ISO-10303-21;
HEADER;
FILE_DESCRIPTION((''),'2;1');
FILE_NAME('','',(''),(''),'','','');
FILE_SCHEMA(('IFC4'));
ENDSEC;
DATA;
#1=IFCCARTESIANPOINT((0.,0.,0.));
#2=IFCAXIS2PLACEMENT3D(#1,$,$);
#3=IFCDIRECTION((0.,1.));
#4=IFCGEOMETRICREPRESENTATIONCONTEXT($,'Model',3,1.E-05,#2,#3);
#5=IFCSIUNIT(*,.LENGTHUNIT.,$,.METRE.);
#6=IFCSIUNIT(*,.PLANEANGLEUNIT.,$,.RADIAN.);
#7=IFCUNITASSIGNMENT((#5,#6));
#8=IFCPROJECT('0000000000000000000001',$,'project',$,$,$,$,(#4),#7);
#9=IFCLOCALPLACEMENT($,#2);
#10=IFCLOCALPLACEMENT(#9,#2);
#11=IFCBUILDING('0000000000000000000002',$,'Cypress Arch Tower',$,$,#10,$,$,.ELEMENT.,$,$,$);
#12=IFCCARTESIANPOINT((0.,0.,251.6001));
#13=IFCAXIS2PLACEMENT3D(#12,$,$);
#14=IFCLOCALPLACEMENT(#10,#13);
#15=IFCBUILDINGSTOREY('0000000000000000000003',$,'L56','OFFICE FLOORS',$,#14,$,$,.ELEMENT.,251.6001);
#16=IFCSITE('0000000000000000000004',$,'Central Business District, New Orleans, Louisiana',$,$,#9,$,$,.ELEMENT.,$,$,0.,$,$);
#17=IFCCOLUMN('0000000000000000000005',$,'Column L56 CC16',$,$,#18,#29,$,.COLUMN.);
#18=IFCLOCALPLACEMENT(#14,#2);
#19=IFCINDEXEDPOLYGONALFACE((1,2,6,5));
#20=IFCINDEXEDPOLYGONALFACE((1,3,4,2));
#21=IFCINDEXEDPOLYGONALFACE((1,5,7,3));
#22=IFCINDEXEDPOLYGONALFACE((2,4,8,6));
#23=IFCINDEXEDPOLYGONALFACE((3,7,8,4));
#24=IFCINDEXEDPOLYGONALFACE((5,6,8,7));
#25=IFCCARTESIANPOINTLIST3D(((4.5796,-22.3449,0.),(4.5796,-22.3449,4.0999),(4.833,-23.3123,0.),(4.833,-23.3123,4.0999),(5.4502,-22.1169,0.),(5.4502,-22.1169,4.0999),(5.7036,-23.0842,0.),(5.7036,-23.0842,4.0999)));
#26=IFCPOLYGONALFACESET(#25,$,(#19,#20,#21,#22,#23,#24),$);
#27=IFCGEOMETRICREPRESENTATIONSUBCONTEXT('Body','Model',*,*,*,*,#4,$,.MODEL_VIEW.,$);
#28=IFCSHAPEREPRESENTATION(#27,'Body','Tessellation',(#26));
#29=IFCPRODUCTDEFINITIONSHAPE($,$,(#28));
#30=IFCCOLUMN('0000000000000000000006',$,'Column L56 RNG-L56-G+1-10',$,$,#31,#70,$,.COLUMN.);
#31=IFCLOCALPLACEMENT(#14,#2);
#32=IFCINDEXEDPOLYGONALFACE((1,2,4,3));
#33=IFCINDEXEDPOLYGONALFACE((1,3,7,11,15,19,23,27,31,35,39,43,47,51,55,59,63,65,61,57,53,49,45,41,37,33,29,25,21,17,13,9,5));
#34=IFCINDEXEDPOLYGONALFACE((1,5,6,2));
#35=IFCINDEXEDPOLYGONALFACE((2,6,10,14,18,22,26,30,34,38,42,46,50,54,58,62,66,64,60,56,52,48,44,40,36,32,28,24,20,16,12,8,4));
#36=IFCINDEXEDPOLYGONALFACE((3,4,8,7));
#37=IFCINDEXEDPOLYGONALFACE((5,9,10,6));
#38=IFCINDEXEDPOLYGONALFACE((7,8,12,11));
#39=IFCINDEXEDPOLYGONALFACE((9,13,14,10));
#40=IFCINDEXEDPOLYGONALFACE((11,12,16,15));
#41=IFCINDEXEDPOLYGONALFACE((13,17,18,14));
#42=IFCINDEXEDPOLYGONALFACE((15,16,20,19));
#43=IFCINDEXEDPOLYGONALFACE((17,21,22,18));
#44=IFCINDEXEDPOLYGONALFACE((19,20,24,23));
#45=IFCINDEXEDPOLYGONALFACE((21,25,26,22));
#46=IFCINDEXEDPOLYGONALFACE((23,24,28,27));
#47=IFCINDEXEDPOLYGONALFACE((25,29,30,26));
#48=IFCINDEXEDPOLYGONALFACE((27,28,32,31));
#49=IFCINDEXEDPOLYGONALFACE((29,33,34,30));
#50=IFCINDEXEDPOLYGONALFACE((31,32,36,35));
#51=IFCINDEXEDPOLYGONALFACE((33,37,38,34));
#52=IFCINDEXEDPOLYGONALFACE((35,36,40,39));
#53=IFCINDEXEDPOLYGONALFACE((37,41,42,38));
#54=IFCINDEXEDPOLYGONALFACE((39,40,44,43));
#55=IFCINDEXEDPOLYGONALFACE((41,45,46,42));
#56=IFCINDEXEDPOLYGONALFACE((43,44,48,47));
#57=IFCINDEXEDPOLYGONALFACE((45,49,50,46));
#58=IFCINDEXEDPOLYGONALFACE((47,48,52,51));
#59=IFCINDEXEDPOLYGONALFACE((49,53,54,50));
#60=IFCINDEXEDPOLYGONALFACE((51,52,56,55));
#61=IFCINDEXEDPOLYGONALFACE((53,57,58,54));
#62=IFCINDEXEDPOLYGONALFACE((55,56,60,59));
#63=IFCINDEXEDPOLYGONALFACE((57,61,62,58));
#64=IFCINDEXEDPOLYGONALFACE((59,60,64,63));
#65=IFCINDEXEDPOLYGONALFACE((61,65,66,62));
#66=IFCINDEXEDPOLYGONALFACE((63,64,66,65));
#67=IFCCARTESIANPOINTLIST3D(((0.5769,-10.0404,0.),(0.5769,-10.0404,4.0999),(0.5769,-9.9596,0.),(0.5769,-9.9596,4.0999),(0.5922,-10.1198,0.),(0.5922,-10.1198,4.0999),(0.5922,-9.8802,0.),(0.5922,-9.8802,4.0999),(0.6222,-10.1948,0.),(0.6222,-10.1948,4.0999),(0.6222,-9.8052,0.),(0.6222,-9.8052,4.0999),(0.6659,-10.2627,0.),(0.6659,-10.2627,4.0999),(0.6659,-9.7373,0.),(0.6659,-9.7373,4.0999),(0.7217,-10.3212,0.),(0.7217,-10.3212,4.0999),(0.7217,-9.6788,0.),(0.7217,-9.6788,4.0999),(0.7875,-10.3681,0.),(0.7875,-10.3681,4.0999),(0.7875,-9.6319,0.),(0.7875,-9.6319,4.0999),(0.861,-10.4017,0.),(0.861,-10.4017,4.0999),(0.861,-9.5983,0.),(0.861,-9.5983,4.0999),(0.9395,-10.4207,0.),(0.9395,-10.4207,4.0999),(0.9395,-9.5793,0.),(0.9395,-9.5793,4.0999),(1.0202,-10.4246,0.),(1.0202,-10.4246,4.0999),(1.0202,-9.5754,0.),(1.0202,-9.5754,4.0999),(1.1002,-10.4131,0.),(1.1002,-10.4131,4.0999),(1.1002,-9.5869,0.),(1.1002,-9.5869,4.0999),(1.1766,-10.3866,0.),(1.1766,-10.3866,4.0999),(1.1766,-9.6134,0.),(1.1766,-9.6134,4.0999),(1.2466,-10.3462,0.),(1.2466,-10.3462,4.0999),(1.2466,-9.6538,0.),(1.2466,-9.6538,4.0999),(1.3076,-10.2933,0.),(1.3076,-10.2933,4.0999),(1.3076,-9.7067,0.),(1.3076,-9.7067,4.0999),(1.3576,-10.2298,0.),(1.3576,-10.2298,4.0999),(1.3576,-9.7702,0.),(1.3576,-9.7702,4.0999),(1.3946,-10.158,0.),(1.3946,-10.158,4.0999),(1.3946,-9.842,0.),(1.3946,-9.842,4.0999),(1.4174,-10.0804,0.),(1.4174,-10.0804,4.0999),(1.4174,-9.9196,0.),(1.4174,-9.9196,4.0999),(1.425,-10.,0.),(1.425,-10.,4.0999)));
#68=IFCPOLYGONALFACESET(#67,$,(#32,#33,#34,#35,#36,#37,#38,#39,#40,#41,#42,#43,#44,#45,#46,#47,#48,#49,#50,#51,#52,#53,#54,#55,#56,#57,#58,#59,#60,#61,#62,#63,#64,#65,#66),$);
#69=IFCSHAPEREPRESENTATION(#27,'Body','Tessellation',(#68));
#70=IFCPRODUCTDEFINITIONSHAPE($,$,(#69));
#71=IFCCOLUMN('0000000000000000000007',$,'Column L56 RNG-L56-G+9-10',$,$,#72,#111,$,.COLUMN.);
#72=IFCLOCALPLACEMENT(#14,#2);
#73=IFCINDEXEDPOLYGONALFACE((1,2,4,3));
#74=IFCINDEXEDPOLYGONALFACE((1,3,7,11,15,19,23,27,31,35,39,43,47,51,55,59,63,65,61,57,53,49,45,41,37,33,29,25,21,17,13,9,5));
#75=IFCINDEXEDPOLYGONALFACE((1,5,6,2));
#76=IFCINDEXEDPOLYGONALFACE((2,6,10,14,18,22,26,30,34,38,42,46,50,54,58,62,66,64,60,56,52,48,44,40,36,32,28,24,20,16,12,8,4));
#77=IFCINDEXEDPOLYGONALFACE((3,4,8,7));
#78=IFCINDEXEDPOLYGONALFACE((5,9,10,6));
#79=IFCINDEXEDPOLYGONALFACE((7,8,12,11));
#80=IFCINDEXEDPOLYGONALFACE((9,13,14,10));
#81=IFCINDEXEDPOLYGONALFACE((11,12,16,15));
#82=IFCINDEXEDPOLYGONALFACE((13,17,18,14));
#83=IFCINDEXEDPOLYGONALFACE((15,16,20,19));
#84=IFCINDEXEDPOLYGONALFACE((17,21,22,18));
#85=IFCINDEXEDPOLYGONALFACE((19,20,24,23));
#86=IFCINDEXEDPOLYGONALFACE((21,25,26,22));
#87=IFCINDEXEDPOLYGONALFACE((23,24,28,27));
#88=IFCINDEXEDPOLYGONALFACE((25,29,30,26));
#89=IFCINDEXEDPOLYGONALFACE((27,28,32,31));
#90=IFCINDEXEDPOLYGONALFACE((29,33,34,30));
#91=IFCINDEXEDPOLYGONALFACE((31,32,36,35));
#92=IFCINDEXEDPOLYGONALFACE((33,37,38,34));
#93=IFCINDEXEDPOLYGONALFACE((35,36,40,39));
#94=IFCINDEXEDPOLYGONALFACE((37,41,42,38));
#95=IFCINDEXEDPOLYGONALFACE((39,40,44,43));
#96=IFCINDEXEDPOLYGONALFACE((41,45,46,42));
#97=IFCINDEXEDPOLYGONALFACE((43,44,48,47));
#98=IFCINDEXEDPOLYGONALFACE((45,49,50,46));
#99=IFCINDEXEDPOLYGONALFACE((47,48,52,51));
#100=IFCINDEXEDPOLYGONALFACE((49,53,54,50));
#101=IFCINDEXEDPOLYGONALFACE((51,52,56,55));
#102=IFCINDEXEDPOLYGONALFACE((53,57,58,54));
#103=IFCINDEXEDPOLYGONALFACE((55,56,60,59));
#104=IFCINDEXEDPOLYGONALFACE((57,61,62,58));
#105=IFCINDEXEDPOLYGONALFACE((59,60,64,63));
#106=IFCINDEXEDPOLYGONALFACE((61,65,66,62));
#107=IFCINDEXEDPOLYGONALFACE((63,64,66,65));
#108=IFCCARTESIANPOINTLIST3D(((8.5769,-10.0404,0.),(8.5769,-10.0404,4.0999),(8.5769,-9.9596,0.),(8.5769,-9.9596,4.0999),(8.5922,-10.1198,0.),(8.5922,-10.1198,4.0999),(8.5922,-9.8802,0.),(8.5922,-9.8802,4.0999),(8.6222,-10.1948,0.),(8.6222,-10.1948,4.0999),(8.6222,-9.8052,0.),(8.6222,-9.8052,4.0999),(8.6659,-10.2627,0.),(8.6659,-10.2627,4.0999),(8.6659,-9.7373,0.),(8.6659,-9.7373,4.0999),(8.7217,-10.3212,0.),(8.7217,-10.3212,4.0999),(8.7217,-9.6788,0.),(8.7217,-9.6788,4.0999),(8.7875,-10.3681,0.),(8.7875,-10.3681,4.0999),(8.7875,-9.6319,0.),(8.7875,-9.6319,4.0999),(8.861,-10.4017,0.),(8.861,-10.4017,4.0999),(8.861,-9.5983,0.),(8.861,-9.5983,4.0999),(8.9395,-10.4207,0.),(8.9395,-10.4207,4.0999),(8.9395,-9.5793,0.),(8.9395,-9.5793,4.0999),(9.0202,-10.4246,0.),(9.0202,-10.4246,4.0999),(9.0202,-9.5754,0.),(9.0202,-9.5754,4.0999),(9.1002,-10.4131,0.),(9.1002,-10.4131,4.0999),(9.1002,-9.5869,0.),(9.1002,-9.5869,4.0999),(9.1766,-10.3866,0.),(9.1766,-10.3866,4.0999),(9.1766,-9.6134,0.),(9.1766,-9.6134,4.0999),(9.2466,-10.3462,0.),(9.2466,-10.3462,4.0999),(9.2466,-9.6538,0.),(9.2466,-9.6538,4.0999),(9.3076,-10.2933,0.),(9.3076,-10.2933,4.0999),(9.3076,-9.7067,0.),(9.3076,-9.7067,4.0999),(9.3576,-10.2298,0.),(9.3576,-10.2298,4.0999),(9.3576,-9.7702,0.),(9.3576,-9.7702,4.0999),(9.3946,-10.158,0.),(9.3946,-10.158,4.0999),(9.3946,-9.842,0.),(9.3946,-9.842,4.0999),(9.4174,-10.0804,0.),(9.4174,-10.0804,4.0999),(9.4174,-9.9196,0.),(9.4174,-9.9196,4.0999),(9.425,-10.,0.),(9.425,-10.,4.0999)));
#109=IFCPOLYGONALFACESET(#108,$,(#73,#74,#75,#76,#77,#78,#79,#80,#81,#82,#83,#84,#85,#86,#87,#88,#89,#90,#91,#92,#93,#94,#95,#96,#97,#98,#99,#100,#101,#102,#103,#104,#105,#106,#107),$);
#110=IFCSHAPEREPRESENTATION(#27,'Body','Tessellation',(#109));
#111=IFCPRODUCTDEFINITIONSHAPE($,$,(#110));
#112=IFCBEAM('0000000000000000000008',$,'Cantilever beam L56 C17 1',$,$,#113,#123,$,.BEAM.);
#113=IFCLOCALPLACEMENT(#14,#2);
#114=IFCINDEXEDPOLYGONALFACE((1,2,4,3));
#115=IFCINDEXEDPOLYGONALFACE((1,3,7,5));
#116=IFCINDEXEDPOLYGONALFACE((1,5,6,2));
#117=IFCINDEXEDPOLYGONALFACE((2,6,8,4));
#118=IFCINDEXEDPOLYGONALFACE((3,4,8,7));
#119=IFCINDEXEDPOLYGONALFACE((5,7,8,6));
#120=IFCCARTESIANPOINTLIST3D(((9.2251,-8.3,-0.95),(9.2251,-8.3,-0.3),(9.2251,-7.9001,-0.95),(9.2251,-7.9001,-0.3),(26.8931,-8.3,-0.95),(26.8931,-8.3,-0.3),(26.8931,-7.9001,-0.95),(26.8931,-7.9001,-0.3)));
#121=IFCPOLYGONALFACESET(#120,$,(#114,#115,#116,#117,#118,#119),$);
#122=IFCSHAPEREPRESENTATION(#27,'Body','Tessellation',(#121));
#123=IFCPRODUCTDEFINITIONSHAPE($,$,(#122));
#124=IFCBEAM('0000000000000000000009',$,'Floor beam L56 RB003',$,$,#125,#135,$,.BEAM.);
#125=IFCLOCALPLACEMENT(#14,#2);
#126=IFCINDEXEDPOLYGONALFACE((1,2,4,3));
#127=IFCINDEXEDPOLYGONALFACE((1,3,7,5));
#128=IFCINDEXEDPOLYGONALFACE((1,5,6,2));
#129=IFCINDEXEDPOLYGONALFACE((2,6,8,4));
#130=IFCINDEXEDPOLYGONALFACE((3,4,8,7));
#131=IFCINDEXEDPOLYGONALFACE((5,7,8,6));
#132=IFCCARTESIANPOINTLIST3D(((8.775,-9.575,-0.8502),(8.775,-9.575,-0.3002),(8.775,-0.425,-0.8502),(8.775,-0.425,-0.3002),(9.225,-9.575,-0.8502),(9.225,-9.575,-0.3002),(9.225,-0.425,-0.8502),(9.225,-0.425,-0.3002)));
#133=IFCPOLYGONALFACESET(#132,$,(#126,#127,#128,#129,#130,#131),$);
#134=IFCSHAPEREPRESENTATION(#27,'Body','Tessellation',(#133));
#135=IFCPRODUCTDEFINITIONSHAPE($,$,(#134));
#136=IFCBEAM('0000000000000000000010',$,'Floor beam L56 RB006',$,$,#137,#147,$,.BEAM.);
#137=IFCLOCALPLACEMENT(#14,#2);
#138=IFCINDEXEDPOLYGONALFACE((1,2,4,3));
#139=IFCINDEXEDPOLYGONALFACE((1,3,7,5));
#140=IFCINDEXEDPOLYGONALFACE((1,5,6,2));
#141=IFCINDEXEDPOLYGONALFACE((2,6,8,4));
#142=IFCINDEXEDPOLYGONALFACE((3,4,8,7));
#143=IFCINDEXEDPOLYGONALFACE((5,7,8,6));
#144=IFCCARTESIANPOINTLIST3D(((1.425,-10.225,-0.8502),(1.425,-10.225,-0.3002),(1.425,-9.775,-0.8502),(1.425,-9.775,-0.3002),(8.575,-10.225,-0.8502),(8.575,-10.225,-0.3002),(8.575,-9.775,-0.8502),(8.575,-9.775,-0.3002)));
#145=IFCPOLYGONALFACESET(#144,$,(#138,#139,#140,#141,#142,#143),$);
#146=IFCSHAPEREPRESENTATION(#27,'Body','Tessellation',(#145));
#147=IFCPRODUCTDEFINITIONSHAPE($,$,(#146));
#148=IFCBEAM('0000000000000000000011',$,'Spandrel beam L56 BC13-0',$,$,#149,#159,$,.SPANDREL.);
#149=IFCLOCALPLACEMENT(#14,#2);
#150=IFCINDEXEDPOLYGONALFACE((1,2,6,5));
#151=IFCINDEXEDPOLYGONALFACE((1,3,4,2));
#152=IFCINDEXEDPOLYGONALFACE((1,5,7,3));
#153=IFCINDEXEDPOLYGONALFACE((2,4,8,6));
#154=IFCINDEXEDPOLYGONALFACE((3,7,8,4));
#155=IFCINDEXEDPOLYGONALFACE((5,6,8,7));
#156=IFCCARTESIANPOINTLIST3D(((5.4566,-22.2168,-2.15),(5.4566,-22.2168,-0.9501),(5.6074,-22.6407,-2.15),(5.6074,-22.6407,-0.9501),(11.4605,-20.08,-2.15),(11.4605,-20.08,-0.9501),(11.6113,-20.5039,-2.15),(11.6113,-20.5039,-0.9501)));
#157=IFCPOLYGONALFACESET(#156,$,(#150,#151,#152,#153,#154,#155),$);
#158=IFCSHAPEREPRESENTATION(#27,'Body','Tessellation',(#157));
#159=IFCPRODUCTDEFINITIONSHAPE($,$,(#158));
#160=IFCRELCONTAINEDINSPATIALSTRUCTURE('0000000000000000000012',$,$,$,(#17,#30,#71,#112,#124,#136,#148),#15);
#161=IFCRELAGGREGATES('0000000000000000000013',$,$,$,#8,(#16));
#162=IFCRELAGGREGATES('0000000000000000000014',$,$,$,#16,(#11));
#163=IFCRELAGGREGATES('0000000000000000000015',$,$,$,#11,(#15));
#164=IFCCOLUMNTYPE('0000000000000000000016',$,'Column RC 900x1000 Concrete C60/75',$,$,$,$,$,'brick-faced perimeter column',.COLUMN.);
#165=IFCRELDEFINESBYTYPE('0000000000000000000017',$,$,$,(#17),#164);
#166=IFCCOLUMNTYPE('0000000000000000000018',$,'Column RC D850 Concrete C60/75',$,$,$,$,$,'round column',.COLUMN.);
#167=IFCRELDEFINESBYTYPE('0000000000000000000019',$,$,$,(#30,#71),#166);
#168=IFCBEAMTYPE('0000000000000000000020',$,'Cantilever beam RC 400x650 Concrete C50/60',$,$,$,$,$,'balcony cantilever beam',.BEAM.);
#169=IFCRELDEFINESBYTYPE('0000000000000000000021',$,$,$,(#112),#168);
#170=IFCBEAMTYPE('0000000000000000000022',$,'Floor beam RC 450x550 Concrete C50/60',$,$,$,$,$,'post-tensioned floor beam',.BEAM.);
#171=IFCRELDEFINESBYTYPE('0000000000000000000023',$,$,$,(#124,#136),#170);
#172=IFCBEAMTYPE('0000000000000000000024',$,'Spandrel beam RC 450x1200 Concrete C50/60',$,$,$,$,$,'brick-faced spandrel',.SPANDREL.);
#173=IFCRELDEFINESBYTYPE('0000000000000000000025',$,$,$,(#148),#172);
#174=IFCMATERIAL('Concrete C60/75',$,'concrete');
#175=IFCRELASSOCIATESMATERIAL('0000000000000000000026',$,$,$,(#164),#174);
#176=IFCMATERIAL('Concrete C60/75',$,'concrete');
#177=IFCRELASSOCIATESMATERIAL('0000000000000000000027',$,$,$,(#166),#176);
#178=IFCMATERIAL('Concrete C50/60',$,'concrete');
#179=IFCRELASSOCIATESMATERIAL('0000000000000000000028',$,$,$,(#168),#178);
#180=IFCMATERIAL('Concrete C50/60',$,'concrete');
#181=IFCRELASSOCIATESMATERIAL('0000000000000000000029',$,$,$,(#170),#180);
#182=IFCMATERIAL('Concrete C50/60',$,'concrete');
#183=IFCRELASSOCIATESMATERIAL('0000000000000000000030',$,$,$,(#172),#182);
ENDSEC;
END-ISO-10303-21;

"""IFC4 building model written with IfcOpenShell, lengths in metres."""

from ifc_helpers import new_model, si_unit, direction, frame, origin, origin_2d, place, context, subcontext, project, spatial, rectangle, circle, extrude, material, material_profile, profile_set, type_object, element, save


model = new_model("IFC4")

# Units and contexts
model_context = context("Model", 3, precision=1e-05, world=origin(), true_north=direction((0.0, 1.0)))
body_context = subcontext(model_context, "Body", "Model", "MODEL_VIEW")
ifc_project = project(units=[si_unit("LENGTHUNIT", "METRE"), si_unit("PLANEANGLEUNIT", "RADIAN")], contexts=[model_context])

# Site, building, storey
site_placement = place(None, origin())
site = spatial("IfcSite", under=ifc_project, at=site_placement, Name="Central Business District, New Orleans, Louisiana", CompositionType="ELEMENT", RefElevation=0.0)
building_placement = place(site_placement, origin())
building = spatial("IfcBuilding", under=site, at=building_placement, Name="Cypress Arch Tower", CompositionType="ELEMENT")
storey_placement = place(building_placement, frame((0.0, 0.0, 251.6001)))
storey = spatial("IfcBuildingStorey", under=building, at=storey_placement, Name="L56", Description="OFFICE FLOORS", CompositionType="ELEMENT", Elevation=251.6001)

# Columns
ifc_material_1 = material(Name="Concrete C60/75", Category="concrete")
ifc_material_profile_1 = material_profile(ifc_material_1, rectangle(XDim=0.8999, YDim=1.0, at=origin_2d()), Name="RC 900x1000")
ifc_profile_set_1 = profile_set([ifc_material_profile_1], Name="Concrete C60/75")
column_type_1 = type_object("IfcColumnType", Name="Column RC 900x1000 Concrete C60/75", ElementType="brick-faced perimeter column", PredefinedType="COLUMN", material=ifc_profile_set_1)
column_placement = place(storey_placement, frame((5.1416, -22.7146, 0.0), z_axis=(0.0, 0.0, 1.0), x_axis=(0.967356, 0.253422, 0.0)))
element("IfcColumn", 1, at=column_placement, inside=storey, type_object=column_type_1, Name="Column L56 CC16", PredefinedType="COLUMN", context=body_context, shape_type="SweptSolid", body=[
    extrude(rectangle(XDim=0.8999, YDim=1.0, at=origin_2d()), origin(), (0.0, 0.0, 1.0), 4.0999),
])
ifc_material_2 = material(Name="Concrete C60/75", Category="concrete")
ifc_material_profile_2 = material_profile(ifc_material_2, circle(Radius=0.425, at=origin_2d()), Name="RC D850")
ifc_profile_set_2 = profile_set([ifc_material_profile_2], Name="Concrete C60/75")
column_type_2 = type_object("IfcColumnType", Name="Column RC D850 Concrete C60/75", ElementType="round column", PredefinedType="COLUMN", material=ifc_profile_set_2)
for number, where, z_axis, x_axis, name in (
    (2, (1.0, -10.0, 0.0), (0.0, 0.0, 1.0), (1.0, 0.0, 0.0), "Column L56 RNG-L56-G+1-10"),
    (3, (9.0, -10.0, 0.0), (0.0, 0.0, 1.0), (1.0, 0.0, 0.0), "Column L56 RNG-L56-G+9-10"),
):
    element("IfcColumn", number, at=place(storey_placement, frame(where, z_axis=z_axis, x_axis=x_axis)), inside=storey, type_object=column_type_2, Name=name, PredefinedType="COLUMN", context=body_context, shape_type="SweptSolid", body=[
        extrude(circle(Radius=0.425, at=origin_2d()), origin(), (0.0, 0.0, 1.0), 4.0999),
    ])

# Beams
ifc_material_3 = material(Name="Concrete C50/60", Category="concrete")
ifc_material_profile_3 = material_profile(ifc_material_3, rectangle(XDim=0.3999, YDim=0.6499, at=origin_2d()), Name="RC 400x650")
ifc_profile_set_3 = profile_set([ifc_material_profile_3], Name="Concrete C50/60")
beam_type_1 = type_object("IfcBeamType", Name="Cantilever beam RC 400x650 Concrete C50/60", ElementType="balcony cantilever beam", PredefinedType="BEAM", material=ifc_profile_set_3)
beam_1_placement = place(storey_placement, frame((9.2251, -8.1001, -0.625), z_axis=(1.0, 0.0, 0.0), x_axis=(0.0, 1.0, 0.0)))
element("IfcBeam", 4, at=beam_1_placement, inside=storey, type_object=beam_type_1, Name="Cantilever beam L56 C17 1", PredefinedType="BEAM", context=body_context, shape_type="SweptSolid", body=[
    extrude(rectangle(XDim=0.3999, YDim=0.6499, at=origin_2d()), origin(), (0.0, 0.0, 1.0), 17.668),
])
ifc_material_4 = material(Name="Concrete C50/60", Category="concrete")
ifc_material_profile_4 = material_profile(ifc_material_4, rectangle(XDim=0.45, YDim=0.55, at=origin_2d()), Name="RC 450x550")
ifc_profile_set_4 = profile_set([ifc_material_profile_4], Name="Concrete C50/60")
beam_type_2 = type_object("IfcBeamType", Name="Floor beam RC 450x550 Concrete C50/60", ElementType="post-tensioned floor beam", PredefinedType="BEAM", material=ifc_profile_set_4)
beam_2_placement = place(storey_placement, frame((9.0, -9.575, -0.5752), z_axis=(0.0, 1.0, 0.0), x_axis=(-1.0, 0.0, 0.0)))
element("IfcBeam", 5, at=beam_2_placement, inside=storey, type_object=beam_type_2, Name="Floor beam L56 RB003", PredefinedType="BEAM", context=body_context, shape_type="SweptSolid", body=[
    extrude(rectangle(XDim=0.45, YDim=0.55, at=origin_2d()), origin(), (0.0, 0.0, 1.0), 9.1499),
])
beam_3_placement = place(storey_placement, frame((1.425, -10.0, -0.5752), z_axis=(1.0, 0.0, 0.0), x_axis=(0.0, 1.0, 0.0)))
element("IfcBeam", 6, at=beam_3_placement, inside=storey, type_object=beam_type_2, Name="Floor beam L56 RB006", PredefinedType="BEAM", context=body_context, shape_type="SweptSolid", body=[
    extrude(rectangle(XDim=0.45, YDim=0.55, at=origin_2d()), origin(), (0.0, 0.0, 1.0), 7.1499),
])
ifc_material_5 = material(Name="Concrete C50/60", Category="concrete")
ifc_material_profile_5 = material_profile(ifc_material_5, rectangle(XDim=0.45, YDim=1.2, at=origin_2d()), Name="RC 450x1200")
ifc_profile_set_5 = profile_set([ifc_material_profile_5], Name="Concrete C50/60")
beam_type_3 = type_object("IfcBeamType", Name="Spandrel beam RC 450x1200 Concrete C50/60", ElementType="brick-faced spandrel", PredefinedType="SPANDREL", material=ifc_profile_set_5)
beam_4_placement = place(storey_placement, frame((5.532, -22.4287, -1.55), z_axis=(0.942116, 0.335288, 0.0), x_axis=(-0.335288, 0.942116, 0.0)))
element("IfcBeam", 7, at=beam_4_placement, inside=storey, type_object=beam_type_3, Name="Spandrel beam L56 BC13-0", PredefinedType="SPANDREL", context=body_context, shape_type="SweptSolid", body=[
    extrude(rectangle(XDim=0.45, YDim=1.2, at=origin_2d()), origin(), (0.0, 0.0, 1.0), 6.3728),
])

save(model, "model.ifc")
